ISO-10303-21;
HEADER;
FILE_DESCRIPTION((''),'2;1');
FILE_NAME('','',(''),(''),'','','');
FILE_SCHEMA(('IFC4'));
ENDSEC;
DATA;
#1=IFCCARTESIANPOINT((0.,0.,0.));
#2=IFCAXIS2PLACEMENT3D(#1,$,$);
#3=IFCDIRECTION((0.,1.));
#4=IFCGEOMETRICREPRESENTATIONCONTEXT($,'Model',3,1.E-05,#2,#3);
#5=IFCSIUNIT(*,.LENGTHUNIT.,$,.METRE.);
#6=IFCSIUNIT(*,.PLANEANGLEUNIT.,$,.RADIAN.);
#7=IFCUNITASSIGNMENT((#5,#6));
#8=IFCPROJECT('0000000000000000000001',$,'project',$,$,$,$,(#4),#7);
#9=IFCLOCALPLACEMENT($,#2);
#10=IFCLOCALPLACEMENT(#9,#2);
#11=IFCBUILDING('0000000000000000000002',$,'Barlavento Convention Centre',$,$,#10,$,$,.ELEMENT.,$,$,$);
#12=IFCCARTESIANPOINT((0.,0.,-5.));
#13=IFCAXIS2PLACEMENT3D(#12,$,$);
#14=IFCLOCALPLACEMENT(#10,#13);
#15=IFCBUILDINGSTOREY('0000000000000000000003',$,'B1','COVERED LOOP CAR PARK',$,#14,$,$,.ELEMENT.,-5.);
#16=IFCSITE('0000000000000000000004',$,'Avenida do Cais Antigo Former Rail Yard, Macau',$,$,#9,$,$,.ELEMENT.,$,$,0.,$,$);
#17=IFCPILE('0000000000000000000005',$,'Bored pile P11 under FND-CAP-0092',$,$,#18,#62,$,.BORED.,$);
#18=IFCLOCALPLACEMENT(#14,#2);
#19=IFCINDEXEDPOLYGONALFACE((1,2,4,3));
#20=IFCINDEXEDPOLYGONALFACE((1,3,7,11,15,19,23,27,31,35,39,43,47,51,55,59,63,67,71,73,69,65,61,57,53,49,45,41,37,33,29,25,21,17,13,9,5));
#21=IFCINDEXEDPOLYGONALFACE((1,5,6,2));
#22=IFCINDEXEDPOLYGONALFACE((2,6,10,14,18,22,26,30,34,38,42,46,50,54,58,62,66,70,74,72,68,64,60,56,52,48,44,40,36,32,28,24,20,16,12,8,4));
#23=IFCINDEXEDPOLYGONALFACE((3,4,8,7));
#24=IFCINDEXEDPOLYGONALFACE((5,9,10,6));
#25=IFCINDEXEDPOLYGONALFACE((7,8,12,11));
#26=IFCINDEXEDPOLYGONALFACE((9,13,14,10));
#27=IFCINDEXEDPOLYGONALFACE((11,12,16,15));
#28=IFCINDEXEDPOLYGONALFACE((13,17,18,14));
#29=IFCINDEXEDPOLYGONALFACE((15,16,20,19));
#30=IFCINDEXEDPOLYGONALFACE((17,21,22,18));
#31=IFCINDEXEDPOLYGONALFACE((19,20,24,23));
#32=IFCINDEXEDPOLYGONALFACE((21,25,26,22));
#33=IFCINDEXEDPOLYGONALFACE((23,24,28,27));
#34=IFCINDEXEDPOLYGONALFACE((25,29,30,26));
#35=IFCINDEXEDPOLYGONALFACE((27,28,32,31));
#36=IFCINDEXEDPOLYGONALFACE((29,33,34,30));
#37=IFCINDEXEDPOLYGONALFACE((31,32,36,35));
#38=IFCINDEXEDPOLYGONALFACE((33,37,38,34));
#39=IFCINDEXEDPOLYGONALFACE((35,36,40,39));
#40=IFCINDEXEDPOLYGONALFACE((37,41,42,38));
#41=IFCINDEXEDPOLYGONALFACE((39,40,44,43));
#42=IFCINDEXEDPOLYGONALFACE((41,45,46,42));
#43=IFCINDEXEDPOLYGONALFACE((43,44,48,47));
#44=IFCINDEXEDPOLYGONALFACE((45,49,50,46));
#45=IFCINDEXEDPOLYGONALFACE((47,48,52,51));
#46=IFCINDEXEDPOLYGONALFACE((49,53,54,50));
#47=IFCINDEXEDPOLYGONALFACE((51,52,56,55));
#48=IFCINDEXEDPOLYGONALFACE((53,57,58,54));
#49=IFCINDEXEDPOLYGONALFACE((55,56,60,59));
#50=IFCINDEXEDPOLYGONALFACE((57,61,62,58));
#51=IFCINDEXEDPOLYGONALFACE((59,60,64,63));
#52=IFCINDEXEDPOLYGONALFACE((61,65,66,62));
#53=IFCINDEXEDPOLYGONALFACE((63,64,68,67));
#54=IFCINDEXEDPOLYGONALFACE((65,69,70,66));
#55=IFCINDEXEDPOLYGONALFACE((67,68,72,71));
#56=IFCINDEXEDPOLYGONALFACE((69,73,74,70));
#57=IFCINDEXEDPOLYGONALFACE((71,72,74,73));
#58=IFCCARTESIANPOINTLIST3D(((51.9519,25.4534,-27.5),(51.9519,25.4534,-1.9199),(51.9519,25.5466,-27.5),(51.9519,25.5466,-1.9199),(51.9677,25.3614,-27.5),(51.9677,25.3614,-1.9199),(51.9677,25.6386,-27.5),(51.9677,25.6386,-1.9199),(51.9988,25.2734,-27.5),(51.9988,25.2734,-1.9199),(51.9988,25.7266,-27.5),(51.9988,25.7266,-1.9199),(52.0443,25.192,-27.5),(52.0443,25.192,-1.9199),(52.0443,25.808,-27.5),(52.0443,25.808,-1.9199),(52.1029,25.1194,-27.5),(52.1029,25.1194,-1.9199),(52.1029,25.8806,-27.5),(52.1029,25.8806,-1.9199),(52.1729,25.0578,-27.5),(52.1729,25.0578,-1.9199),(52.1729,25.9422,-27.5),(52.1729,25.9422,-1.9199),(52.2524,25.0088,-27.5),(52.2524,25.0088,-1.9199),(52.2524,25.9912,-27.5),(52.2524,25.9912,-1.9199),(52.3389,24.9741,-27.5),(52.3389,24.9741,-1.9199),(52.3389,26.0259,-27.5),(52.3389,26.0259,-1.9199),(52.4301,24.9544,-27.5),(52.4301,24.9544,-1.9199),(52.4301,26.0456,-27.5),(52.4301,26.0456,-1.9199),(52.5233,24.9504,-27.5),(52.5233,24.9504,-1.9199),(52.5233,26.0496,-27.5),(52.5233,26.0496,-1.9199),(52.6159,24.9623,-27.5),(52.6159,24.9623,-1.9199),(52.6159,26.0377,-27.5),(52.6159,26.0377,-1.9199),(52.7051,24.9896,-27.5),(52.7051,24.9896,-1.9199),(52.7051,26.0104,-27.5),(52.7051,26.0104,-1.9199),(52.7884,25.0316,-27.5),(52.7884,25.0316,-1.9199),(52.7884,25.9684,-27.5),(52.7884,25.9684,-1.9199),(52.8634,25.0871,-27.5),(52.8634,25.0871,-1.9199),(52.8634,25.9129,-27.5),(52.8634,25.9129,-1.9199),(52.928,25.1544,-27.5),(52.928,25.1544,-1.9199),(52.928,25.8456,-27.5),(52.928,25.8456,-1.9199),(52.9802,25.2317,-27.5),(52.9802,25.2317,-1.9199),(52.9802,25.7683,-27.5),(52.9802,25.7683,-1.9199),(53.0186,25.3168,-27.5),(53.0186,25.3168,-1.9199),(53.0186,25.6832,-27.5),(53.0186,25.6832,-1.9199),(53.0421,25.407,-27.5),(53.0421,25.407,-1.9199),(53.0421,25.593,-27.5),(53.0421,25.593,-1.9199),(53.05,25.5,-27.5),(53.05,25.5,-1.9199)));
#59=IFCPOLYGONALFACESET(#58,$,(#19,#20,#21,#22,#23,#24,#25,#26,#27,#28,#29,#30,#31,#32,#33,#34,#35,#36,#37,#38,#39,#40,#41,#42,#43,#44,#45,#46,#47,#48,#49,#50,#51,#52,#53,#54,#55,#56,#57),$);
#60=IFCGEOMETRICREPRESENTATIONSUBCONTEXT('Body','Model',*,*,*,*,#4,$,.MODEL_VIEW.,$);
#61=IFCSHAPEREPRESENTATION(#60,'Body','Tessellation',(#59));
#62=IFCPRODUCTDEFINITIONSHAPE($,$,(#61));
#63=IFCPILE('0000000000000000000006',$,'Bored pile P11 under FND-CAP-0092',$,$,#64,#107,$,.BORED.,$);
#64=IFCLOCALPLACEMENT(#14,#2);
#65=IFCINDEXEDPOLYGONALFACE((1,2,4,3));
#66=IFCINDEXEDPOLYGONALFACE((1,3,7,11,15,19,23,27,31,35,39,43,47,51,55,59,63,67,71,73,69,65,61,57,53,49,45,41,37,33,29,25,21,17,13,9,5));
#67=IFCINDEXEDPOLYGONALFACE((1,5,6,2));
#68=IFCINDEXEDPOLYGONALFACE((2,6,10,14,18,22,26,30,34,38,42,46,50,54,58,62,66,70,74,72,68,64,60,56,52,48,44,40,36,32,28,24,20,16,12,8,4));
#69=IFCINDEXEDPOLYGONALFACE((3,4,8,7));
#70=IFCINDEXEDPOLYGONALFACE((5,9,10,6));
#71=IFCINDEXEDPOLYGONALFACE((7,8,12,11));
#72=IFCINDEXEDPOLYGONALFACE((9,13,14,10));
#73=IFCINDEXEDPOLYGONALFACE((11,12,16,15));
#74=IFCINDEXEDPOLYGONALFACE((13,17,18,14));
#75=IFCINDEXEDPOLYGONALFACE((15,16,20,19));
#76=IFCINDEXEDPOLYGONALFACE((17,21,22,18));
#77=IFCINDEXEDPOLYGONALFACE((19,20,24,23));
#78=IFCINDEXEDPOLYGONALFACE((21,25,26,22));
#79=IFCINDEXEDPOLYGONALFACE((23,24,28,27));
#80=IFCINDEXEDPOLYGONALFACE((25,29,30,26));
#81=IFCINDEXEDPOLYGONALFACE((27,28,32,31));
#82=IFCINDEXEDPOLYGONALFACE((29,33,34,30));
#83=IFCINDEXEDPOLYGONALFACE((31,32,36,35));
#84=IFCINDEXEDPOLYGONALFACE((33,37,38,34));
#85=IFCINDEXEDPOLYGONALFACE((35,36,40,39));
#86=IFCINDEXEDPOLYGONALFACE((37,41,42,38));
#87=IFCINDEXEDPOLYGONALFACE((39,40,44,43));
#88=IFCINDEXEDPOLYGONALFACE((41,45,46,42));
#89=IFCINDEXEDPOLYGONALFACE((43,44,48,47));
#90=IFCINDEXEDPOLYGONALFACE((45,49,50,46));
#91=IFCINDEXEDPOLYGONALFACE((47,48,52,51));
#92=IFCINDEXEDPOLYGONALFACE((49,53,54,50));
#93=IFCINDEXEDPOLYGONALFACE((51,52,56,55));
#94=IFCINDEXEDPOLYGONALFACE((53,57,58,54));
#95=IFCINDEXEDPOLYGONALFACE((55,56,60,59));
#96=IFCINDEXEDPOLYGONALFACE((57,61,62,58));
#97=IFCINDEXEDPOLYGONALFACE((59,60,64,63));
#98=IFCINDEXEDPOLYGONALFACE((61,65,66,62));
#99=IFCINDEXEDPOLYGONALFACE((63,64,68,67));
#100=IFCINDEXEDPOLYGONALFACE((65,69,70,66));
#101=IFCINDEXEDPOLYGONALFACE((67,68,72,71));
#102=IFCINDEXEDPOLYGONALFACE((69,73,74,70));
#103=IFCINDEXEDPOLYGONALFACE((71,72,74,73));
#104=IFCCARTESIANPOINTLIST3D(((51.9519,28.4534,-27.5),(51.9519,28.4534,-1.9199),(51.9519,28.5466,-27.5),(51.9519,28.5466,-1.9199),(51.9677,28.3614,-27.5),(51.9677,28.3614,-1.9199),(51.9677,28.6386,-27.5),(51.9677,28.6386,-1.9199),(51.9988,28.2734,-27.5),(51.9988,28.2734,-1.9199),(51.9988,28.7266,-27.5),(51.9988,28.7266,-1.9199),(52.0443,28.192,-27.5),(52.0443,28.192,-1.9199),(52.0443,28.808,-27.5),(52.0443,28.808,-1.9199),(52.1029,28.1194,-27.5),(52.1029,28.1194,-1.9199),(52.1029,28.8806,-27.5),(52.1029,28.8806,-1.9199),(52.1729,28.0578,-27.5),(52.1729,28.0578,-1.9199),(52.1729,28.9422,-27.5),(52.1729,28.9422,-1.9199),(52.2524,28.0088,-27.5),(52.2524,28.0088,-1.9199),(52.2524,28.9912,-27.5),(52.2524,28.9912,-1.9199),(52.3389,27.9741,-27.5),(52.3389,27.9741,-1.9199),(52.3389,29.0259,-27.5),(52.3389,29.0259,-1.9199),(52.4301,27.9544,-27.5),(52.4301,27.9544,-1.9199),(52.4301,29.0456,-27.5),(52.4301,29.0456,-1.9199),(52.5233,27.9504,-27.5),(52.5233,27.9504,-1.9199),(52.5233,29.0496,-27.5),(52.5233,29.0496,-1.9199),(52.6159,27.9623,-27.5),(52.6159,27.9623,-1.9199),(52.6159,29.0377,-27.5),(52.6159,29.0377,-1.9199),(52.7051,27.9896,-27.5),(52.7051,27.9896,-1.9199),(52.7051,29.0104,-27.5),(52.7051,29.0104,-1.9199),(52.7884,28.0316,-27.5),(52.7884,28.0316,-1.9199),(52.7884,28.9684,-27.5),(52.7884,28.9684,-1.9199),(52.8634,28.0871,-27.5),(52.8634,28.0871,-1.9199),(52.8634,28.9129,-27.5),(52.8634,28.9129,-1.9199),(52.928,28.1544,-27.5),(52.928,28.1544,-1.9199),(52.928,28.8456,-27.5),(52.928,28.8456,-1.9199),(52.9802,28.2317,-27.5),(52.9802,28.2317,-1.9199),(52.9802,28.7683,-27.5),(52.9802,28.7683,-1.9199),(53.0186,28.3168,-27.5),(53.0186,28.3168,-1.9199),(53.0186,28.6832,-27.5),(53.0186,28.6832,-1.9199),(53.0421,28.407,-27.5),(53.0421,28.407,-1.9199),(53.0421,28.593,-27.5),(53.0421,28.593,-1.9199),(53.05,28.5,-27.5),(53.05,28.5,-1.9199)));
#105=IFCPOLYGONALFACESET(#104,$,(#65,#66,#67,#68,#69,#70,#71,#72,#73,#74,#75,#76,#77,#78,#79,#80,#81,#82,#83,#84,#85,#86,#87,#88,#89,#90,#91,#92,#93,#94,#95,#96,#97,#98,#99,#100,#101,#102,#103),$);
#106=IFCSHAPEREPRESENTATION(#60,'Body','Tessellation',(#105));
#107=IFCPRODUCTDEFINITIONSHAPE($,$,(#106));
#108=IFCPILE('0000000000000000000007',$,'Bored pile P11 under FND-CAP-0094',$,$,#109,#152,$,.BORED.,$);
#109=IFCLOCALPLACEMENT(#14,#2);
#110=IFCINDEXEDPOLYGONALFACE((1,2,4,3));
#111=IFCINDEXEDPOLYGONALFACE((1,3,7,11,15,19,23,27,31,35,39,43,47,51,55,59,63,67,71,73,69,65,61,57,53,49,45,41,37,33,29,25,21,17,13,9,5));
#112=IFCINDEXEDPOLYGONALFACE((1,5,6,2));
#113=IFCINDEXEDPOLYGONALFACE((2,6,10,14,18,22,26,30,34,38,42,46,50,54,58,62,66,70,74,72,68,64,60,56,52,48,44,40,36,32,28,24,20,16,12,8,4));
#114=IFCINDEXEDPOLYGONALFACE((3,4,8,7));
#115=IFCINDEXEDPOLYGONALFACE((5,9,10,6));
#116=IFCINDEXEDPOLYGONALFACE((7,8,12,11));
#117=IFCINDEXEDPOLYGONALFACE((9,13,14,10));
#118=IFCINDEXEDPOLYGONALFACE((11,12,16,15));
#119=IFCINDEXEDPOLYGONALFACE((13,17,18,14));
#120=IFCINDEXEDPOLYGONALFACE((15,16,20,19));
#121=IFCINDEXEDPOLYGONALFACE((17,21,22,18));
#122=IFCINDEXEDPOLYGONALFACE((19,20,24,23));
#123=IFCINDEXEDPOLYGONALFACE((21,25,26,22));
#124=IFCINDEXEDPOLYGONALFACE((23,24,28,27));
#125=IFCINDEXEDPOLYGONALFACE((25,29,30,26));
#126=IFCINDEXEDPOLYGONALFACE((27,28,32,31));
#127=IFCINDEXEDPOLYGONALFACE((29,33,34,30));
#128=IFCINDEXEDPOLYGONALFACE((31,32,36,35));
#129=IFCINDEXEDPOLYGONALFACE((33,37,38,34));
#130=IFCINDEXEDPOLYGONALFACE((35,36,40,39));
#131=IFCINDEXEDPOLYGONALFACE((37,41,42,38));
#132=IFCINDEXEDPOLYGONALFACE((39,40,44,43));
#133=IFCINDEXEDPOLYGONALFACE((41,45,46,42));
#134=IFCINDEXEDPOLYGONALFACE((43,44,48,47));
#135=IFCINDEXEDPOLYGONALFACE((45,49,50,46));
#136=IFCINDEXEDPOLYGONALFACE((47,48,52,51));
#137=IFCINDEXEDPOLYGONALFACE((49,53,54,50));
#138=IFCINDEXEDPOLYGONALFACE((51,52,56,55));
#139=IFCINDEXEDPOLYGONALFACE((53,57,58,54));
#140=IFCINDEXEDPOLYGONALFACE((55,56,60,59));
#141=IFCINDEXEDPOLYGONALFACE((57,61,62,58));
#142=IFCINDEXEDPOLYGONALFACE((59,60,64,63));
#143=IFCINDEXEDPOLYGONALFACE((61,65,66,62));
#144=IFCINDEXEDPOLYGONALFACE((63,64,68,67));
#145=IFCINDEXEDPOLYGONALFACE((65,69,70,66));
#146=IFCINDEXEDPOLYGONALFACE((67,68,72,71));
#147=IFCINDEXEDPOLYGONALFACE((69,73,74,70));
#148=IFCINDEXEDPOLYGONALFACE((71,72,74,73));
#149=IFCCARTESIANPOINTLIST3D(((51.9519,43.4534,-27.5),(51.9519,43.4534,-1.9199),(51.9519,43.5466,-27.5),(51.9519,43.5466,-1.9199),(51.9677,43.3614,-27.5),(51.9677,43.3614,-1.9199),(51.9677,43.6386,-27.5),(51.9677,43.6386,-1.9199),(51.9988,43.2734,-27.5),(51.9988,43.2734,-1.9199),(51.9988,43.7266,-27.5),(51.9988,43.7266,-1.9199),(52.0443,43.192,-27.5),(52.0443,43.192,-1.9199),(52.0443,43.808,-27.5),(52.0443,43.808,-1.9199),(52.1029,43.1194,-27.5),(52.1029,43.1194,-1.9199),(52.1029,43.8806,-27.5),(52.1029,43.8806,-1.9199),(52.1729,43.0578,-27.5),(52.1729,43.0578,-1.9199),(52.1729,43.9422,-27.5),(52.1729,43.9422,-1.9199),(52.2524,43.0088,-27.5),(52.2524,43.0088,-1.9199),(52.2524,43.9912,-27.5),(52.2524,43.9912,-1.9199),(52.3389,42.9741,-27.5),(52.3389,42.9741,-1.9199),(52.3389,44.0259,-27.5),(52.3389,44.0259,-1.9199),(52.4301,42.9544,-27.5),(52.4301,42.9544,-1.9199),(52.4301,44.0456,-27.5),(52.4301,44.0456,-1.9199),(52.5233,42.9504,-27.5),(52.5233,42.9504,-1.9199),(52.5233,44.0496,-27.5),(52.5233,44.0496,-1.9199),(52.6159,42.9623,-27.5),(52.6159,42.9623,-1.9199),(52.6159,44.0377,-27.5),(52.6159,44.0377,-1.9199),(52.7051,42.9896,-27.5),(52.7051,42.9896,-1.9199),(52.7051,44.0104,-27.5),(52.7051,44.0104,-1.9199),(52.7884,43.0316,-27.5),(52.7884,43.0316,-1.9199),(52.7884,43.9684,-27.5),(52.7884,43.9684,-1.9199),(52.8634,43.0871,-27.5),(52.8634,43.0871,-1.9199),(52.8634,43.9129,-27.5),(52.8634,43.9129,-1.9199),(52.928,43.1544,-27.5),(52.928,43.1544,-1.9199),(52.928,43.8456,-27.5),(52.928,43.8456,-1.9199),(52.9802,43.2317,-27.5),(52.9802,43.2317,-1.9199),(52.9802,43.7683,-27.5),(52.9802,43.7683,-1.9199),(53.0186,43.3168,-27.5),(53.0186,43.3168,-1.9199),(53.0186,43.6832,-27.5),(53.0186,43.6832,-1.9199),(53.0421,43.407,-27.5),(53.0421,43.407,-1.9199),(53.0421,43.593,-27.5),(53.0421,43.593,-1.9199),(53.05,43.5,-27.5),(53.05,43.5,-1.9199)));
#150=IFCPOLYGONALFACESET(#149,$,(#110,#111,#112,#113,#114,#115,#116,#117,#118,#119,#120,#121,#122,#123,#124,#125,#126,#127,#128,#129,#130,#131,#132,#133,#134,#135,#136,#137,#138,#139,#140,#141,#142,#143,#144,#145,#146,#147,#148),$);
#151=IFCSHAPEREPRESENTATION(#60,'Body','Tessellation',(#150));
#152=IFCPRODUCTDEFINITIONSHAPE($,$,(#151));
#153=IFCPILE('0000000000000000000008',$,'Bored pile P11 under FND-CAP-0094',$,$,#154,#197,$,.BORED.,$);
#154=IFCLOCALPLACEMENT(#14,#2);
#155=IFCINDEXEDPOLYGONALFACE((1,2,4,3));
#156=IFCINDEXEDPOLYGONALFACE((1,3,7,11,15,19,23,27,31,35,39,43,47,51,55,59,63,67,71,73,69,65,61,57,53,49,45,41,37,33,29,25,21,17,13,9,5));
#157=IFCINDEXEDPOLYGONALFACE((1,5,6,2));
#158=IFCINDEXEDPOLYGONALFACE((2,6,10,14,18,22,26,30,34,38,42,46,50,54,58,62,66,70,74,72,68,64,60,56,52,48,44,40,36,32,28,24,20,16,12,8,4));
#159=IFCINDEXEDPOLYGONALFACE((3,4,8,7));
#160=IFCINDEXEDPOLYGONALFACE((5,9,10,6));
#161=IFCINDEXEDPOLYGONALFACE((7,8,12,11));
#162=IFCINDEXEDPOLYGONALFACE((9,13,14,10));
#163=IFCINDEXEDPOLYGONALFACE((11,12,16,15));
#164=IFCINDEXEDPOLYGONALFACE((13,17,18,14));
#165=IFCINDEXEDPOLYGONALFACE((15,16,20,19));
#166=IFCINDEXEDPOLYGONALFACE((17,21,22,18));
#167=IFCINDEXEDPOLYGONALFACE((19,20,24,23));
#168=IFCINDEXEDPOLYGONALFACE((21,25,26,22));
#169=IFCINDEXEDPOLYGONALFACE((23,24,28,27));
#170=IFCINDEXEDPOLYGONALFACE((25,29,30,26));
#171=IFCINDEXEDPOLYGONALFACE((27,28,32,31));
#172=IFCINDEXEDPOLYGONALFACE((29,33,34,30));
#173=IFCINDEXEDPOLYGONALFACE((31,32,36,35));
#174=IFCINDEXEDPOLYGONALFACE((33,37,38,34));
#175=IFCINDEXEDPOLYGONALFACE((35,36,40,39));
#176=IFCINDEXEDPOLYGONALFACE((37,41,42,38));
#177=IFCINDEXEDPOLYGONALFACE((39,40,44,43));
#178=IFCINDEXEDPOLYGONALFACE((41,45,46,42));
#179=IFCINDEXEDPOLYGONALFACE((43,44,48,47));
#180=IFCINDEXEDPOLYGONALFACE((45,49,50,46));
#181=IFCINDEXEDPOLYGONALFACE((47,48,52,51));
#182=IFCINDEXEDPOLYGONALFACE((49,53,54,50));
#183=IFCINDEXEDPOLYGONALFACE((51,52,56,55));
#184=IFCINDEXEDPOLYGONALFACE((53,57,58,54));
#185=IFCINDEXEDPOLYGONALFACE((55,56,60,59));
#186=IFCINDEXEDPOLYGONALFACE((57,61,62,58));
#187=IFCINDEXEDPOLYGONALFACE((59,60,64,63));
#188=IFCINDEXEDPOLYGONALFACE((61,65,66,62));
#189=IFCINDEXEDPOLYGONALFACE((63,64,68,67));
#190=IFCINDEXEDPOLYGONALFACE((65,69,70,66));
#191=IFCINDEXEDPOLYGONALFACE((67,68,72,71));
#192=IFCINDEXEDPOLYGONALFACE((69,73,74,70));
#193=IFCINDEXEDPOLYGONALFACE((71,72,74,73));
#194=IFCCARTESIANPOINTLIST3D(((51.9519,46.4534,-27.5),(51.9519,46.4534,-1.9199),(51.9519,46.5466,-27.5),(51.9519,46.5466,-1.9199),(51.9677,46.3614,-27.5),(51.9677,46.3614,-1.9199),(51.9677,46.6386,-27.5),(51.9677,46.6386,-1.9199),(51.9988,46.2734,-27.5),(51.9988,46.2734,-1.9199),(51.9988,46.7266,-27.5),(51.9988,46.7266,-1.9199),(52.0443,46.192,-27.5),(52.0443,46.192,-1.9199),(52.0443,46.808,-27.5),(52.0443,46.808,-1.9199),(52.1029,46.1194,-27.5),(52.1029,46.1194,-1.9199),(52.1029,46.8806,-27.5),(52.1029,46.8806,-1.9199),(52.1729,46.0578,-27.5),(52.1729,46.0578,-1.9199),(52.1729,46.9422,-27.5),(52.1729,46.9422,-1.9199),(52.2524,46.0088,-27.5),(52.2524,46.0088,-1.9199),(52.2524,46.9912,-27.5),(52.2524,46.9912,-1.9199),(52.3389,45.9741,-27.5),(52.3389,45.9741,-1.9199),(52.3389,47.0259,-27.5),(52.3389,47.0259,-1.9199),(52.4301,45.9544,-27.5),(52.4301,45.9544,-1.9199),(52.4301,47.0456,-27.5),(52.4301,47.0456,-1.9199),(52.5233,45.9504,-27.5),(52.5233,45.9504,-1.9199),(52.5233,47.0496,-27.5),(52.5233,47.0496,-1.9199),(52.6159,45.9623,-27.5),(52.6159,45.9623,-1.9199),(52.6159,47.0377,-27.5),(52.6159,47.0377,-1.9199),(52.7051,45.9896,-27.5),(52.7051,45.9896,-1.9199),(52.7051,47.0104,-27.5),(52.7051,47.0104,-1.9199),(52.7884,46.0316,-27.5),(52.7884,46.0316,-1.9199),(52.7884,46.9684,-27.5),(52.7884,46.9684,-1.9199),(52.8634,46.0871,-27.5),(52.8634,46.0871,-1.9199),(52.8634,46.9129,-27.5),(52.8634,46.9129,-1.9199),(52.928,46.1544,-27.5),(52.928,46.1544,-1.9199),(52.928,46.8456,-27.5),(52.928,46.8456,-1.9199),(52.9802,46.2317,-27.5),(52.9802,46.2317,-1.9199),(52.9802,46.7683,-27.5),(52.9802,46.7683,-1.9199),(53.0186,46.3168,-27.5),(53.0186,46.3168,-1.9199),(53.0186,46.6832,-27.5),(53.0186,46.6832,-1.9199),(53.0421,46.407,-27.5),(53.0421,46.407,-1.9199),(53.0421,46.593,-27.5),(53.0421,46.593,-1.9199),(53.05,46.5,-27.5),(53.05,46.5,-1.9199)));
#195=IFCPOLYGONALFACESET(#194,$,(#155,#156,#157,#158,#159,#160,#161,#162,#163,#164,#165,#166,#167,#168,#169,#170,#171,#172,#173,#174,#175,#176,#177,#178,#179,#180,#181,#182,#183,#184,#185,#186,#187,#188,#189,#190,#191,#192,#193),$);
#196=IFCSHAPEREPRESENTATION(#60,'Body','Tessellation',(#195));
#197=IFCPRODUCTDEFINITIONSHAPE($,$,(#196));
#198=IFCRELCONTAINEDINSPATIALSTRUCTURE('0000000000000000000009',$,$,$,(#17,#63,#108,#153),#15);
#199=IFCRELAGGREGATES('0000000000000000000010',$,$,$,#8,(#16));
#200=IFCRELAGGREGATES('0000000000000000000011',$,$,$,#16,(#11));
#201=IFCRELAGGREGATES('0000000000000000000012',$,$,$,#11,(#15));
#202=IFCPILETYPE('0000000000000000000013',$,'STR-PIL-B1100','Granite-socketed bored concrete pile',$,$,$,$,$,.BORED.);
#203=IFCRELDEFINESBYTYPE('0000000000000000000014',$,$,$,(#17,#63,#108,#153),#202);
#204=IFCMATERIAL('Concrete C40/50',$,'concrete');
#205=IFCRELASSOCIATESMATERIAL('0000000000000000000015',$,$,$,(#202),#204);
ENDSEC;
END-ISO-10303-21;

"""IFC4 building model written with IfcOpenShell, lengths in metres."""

from ifc_helpers import new_model, si_unit, direction, frame, origin, origin_2d, place, context, subcontext, project, spatial, circle, extrude, material, material_profile, profile_set, type_object, element, save


model = new_model("IFC4")

# Units and contexts
model_context = context("Model", 3, precision=1e-05, world=origin(), true_north=direction((0.0, 1.0)))
body_context = subcontext(model_context, "Body", "Model", "MODEL_VIEW")
ifc_project = project(units=[si_unit("LENGTHUNIT", "METRE"), si_unit("PLANEANGLEUNIT", "RADIAN")], contexts=[model_context])

# Site, building, storey
site_placement = place(None, origin())
site = spatial("IfcSite", under=ifc_project, at=site_placement, Name="Avenida do Cais Antigo Former Rail Yard, Macau", CompositionType="ELEMENT", RefElevation=0.0)
building_placement = place(site_placement, origin())
building = spatial("IfcBuilding", under=site, at=building_placement, Name="Barlavento Convention Centre", CompositionType="ELEMENT")
storey_placement = place(building_placement, frame((0.0, 0.0, -5.0)))
storey = spatial("IfcBuildingStorey", under=building, at=storey_placement, Name="B1", Description="COVERED LOOP CAR PARK", CompositionType="ELEMENT", Elevation=-5.0)

# Shared definitions
ifc_material_1 = material(Name="Concrete C40/50", Category="concrete")

# Piles
ifc_material_profile_1 = material_profile(ifc_material_1, circle(Radius=0.55, at=origin_2d()), Name="BORED PILE 1100")
ifc_profile_set_1 = profile_set([ifc_material_profile_1], Name="Concrete C40/50")
pile_type_1 = type_object("IfcPileType", Name="STR-PIL-B1100", Description="Granite-socketed bored concrete pile", PredefinedType="BORED", material=ifc_profile_set_1)
for number, where, z_axis, x_axis, name in (
    (1, (52.5, 25.5, -1.9199), (0.0, 0.0, -1.0), (1.0, 0.0, 0.0), "Bored pile P11 under FND-CAP-0092"),
    (2, (52.5, 28.5, -1.9199), (0.0, 0.0, -1.0), (1.0, 0.0, 0.0), "Bored pile P11 under FND-CAP-0092"),
    (3, (52.5, 43.5, -1.9199), (0.0, 0.0, -1.0), (1.0, 0.0, 0.0), "Bored pile P11 under FND-CAP-0094"),
    (4, (52.5, 46.5, -1.9199), (0.0, 0.0, -1.0), (1.0, 0.0, 0.0), "Bored pile P11 under FND-CAP-0094"),
):
    element("IfcPile", number, at=place(storey_placement, frame(where, z_axis=z_axis, x_axis=x_axis)), inside=storey, type_object=pile_type_1, Name=name, PredefinedType="BORED", context=body_context, shape_type="SweptSolid", body=[
        extrude(circle(Radius=0.55, at=origin_2d()), origin(), (0.0, 0.0, 1.0), 25.5801),
    ])

save(model, "model.ifc")
